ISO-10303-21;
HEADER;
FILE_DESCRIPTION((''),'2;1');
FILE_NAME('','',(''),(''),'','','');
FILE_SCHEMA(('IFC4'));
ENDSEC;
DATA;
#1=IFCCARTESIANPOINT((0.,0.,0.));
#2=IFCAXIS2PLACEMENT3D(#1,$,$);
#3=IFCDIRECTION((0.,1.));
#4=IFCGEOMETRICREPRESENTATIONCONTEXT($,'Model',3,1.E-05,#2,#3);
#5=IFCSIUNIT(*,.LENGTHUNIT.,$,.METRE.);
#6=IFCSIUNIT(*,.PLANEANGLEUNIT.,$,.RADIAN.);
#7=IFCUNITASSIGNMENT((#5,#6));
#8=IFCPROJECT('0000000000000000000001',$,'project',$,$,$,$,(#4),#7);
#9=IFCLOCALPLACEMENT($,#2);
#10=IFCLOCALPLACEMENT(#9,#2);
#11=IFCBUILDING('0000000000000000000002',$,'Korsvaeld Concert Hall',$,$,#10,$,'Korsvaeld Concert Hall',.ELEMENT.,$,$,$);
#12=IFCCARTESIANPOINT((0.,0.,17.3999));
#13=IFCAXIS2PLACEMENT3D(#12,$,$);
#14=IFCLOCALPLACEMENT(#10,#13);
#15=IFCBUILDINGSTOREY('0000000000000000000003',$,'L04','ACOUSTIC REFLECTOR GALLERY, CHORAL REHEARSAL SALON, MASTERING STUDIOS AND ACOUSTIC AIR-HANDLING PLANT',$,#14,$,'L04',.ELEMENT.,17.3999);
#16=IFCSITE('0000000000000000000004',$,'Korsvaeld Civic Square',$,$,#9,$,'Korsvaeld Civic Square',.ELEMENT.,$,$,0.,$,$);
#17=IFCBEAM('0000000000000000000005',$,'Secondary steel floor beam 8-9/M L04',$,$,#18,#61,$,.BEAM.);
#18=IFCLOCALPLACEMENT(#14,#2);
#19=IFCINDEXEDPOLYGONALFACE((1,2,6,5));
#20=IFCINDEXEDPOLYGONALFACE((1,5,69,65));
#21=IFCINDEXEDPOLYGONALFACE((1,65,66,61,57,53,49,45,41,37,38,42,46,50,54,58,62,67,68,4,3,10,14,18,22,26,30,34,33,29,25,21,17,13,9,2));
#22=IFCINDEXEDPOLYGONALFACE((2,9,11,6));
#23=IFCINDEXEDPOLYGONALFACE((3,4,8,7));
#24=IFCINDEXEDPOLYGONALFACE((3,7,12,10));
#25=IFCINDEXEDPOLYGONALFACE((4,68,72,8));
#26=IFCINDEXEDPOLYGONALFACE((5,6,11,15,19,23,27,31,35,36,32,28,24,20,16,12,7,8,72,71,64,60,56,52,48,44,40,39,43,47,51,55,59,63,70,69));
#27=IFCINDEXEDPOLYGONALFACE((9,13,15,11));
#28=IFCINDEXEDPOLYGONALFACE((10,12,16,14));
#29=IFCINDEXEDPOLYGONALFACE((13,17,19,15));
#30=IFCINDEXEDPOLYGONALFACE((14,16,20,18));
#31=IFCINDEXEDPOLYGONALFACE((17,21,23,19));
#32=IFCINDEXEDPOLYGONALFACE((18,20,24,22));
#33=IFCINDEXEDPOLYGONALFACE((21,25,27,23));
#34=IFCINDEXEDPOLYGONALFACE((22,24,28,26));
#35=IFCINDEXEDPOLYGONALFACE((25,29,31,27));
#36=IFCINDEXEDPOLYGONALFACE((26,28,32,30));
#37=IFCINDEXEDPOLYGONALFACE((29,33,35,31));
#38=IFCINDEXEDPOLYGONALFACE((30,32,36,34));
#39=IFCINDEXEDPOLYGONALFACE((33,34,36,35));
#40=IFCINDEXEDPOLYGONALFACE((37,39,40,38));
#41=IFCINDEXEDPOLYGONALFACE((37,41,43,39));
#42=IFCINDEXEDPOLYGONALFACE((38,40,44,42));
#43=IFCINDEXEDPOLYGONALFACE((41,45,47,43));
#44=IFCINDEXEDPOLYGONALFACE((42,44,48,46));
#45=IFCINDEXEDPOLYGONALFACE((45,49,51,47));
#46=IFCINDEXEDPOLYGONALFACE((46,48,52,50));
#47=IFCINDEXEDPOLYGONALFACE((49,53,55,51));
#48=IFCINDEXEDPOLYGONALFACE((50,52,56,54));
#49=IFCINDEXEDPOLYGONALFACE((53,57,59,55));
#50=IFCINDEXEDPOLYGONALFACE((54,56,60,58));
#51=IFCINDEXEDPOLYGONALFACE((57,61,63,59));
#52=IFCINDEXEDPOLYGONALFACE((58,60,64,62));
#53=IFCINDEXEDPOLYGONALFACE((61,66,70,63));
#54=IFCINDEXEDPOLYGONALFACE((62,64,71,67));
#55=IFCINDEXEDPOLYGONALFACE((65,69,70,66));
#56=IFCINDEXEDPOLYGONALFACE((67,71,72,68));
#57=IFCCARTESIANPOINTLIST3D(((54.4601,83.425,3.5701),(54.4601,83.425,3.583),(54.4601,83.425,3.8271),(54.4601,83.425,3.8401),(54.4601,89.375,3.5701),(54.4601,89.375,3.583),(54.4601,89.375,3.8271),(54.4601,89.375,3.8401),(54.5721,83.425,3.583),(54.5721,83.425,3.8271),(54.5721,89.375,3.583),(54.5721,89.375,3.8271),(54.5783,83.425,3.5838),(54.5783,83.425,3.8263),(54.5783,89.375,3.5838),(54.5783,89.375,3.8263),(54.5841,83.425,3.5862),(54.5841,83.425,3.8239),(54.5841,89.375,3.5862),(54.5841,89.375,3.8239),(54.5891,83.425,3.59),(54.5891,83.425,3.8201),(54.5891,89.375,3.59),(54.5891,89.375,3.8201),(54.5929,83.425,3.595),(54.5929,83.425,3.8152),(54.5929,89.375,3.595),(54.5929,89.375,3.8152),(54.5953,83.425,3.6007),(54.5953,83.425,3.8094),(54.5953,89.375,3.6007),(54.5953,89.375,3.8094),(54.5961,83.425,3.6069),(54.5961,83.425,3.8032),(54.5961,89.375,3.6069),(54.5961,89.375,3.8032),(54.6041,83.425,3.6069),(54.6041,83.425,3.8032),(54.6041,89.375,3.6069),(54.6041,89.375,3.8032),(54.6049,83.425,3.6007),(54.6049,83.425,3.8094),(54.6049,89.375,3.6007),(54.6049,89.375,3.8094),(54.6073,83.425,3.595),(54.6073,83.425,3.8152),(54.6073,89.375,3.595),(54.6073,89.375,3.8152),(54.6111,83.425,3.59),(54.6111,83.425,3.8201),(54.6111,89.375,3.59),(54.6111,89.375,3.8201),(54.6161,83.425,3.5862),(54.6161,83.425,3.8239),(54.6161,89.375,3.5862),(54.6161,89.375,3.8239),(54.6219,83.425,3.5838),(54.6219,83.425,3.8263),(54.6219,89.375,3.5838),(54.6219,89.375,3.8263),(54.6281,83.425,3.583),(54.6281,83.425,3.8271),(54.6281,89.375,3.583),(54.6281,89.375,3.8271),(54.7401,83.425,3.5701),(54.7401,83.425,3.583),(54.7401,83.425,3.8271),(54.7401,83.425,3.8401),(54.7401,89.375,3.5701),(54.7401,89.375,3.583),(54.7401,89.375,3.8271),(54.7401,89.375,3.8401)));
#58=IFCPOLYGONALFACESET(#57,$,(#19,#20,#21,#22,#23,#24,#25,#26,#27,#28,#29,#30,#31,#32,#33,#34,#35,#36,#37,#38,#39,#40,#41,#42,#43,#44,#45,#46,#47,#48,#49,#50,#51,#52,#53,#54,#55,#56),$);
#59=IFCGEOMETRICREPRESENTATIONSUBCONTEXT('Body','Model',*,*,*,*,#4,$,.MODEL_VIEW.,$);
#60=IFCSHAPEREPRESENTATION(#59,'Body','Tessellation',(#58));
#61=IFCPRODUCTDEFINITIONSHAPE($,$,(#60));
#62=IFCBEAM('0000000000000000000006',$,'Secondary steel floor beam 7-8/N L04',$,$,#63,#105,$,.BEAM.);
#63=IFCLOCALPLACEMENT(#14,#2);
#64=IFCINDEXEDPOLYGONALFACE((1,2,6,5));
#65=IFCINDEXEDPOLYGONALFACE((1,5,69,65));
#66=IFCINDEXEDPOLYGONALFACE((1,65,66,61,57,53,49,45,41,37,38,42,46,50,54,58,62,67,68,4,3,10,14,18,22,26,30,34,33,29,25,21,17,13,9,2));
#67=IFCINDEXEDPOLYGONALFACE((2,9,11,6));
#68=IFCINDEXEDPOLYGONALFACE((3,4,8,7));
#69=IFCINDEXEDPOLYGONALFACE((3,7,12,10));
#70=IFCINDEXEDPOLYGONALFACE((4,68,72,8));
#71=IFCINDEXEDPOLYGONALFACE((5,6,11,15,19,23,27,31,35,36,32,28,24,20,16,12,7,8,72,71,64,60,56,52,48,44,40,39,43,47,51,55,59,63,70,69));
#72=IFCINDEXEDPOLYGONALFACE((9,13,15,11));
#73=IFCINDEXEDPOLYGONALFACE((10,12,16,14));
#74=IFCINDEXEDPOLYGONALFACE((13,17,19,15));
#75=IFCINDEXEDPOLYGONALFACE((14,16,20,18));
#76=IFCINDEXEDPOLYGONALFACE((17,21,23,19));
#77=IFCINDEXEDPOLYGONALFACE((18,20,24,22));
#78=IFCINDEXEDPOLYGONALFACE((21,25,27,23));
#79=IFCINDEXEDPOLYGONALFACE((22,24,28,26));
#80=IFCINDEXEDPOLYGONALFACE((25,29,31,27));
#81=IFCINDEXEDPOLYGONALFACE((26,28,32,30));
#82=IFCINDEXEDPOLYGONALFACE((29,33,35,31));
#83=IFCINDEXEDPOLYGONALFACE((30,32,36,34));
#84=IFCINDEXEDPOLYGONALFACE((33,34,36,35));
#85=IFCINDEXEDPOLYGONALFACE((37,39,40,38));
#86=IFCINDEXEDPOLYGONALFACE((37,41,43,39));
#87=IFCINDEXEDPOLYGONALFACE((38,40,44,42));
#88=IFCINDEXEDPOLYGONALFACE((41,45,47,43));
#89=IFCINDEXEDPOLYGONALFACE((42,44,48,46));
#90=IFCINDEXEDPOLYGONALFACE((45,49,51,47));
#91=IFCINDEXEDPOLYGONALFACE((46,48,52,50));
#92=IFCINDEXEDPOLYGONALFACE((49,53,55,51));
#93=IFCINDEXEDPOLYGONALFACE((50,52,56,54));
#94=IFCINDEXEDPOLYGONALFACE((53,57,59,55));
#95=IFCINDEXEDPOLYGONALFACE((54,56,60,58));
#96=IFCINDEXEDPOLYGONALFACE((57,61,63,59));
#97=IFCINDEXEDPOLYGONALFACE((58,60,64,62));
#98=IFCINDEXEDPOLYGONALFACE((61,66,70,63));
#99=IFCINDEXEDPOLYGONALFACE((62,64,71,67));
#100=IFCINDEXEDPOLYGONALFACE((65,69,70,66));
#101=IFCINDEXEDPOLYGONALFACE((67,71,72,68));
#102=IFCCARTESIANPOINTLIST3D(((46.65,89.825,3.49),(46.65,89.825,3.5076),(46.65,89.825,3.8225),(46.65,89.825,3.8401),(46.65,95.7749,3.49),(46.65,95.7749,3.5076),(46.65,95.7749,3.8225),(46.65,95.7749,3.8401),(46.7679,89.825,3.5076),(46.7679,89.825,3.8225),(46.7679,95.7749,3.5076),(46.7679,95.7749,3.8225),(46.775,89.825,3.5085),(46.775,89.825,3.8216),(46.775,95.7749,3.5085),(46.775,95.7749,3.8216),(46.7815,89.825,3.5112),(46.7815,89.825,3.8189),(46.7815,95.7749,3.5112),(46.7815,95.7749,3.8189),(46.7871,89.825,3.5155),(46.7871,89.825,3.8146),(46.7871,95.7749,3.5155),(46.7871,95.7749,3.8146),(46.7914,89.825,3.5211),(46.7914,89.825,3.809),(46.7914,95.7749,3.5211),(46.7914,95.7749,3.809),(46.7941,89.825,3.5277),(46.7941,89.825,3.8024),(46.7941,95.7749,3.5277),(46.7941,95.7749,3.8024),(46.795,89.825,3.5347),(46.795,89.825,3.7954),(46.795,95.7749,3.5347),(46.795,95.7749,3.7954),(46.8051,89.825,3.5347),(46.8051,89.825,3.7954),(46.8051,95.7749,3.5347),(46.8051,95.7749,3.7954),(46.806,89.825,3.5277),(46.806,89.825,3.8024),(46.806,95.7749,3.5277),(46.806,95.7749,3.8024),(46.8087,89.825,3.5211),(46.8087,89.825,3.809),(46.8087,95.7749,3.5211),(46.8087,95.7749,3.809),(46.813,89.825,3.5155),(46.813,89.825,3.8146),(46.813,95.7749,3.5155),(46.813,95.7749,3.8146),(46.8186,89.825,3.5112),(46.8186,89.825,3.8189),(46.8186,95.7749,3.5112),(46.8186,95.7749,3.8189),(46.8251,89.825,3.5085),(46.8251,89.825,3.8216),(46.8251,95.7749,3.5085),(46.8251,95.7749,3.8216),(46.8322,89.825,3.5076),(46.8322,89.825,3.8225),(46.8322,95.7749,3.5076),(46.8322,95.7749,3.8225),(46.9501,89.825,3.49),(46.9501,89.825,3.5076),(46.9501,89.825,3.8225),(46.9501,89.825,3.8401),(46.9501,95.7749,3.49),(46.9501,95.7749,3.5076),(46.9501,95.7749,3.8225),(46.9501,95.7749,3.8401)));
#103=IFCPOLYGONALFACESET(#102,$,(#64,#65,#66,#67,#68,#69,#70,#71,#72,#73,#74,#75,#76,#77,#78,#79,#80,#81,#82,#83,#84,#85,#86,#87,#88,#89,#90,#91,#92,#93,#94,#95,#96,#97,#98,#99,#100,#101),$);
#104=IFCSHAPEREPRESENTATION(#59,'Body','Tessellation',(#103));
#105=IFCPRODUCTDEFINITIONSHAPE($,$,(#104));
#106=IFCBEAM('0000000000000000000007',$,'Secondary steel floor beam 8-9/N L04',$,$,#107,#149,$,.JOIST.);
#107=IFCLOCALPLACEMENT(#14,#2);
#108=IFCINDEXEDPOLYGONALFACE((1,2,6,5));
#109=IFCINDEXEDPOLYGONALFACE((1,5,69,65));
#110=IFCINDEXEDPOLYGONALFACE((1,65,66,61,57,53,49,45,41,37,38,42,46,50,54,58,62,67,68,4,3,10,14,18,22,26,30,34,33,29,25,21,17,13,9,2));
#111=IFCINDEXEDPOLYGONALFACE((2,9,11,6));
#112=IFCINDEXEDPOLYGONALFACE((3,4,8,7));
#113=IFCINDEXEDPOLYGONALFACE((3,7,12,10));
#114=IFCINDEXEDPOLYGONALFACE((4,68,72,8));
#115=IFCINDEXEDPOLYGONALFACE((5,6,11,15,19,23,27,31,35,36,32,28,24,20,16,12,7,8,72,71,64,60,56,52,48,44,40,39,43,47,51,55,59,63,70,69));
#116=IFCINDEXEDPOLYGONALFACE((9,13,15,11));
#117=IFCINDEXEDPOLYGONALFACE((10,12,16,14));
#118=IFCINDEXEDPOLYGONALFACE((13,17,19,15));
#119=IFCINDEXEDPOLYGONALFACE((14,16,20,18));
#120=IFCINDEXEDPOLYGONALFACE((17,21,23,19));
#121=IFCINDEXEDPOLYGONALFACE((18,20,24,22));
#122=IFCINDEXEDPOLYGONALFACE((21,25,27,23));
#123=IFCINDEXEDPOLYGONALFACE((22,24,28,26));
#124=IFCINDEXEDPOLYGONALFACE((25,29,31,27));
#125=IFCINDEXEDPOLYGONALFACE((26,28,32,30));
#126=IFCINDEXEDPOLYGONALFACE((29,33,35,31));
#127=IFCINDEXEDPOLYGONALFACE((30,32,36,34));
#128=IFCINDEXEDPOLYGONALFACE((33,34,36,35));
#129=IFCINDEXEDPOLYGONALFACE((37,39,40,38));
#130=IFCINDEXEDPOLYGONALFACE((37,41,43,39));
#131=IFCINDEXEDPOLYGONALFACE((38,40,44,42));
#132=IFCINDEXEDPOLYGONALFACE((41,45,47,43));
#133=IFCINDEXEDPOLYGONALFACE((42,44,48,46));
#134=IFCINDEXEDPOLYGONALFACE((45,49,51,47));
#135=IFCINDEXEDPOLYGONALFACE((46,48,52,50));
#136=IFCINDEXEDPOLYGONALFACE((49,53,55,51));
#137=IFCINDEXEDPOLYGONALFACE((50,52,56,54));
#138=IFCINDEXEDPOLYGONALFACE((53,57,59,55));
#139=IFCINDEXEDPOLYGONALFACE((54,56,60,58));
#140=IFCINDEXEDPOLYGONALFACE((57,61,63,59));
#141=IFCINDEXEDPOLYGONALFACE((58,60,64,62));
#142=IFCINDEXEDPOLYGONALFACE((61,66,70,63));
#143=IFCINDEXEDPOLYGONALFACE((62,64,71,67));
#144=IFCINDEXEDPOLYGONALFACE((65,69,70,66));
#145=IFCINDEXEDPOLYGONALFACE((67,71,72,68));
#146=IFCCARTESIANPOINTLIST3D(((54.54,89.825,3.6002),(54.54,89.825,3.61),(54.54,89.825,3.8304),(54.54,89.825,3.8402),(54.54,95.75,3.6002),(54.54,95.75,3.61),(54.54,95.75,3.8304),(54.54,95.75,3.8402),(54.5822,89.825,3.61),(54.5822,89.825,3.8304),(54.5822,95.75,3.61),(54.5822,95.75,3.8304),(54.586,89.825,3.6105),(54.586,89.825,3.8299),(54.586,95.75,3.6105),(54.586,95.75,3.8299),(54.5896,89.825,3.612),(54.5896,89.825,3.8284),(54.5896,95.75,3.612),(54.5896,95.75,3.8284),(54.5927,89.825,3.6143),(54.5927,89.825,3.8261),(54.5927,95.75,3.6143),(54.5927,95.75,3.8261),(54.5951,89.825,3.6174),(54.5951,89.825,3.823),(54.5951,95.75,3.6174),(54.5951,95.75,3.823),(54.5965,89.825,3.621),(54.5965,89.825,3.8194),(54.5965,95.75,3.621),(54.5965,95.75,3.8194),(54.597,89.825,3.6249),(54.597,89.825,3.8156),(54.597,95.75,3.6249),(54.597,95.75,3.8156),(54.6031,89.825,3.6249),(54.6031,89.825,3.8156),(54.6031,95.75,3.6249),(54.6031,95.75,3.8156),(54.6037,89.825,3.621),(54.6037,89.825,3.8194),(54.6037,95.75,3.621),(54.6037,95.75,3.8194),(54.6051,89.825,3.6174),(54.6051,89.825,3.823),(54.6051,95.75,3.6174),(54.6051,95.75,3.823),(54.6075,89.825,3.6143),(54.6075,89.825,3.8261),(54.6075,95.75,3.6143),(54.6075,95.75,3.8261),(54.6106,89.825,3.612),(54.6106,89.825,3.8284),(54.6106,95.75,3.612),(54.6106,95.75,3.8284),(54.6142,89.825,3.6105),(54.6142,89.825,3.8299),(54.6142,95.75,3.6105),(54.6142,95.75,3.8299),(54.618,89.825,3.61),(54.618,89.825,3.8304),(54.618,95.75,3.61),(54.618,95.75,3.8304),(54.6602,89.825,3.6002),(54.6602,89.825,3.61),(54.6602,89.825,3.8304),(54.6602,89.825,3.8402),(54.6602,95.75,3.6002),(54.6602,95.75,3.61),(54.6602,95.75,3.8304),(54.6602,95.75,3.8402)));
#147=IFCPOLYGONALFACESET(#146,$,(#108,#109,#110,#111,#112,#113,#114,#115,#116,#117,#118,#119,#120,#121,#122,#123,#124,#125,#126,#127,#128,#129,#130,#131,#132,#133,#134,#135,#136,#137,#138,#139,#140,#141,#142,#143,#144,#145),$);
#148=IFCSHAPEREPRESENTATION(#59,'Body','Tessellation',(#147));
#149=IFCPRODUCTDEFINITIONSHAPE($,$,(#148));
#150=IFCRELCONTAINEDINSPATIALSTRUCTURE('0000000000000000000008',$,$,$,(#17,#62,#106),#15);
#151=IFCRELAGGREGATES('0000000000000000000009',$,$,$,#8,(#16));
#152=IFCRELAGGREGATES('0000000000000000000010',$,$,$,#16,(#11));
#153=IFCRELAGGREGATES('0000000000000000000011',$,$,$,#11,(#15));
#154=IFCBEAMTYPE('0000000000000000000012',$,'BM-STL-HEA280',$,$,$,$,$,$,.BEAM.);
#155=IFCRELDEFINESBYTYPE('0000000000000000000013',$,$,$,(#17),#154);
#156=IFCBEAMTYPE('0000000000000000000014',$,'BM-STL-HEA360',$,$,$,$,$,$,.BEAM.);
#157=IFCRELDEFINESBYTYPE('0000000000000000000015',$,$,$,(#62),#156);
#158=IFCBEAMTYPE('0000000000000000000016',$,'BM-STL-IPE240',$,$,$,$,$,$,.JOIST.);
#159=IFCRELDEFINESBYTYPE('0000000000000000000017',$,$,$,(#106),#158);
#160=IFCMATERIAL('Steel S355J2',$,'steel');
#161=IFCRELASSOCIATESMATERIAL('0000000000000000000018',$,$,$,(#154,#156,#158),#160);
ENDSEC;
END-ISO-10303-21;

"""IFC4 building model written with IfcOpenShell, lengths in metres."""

from ifc_helpers import new_model, si_unit, direction, frame, origin, origin_2d, place, context, subcontext, project, spatial, i_section, extrude, material, material_profile, profile_set, type_object, element, save


model = new_model("IFC4")

# Units and contexts
model_context = context("Model", 3, precision=1e-05, world=origin(), true_north=direction((0.0, 1.0)))
body_context = subcontext(model_context, "Body", "Model", "MODEL_VIEW")
ifc_project = project(units=[si_unit("LENGTHUNIT", "METRE"), si_unit("PLANEANGLEUNIT", "RADIAN")], contexts=[model_context])

# Site, building, storey
site_placement = place(None, origin())
site = spatial("IfcSite", under=ifc_project, at=site_placement, Name="Korsvaeld Civic Square", LongName="Korsvaeld Civic Square", CompositionType="ELEMENT", RefElevation=0.0)
building_placement = place(site_placement, origin())
building = spatial("IfcBuilding", under=site, at=building_placement, Name="Korsvaeld Concert Hall", LongName="Korsvaeld Concert Hall", CompositionType="ELEMENT")
storey_placement = place(building_placement, frame((0.0, 0.0, 17.3999)))
storey = spatial("IfcBuildingStorey", under=building, at=storey_placement, Name="L04", Description="ACOUSTIC REFLECTOR GALLERY, CHORAL REHEARSAL SALON, MASTERING STUDIOS AND ACOUSTIC AIR-HANDLING PLANT", LongName="L04", CompositionType="ELEMENT", Elevation=17.3999)

# Beams
ifc_material_1 = material(Name="Steel S355J2", Category="steel")
ifc_material_profile_1 = material_profile(ifc_material_1, i_section(OverallWidth=0.28, OverallDepth=0.27, WebThickness=0.0081, FlangeThickness=0.0129, FilletRadius=0.0239, at=origin_2d()), Name="HEA 280")
ifc_profile_set_1 = profile_set([ifc_material_profile_1], Name="Steel S355J2")
beam_type_1 = type_object("IfcBeamType", Name="BM-STL-HEA280", PredefinedType="BEAM", material=ifc_profile_set_1)
beam_1_placement = place(storey_placement, frame((54.6001, 83.425, 3.7051), z_axis=(0.0, 1.0, 0.0), x_axis=(-1.0, 0.0, 0.0)))
element("IfcBeam", 1, at=beam_1_placement, inside=storey, type_object=beam_type_1, Name="Secondary steel floor beam 8-9/M L04", PredefinedType="BEAM", context=body_context, shape_type="SweptSolid", body=[
    extrude(i_section(OverallWidth=0.28, OverallDepth=0.27, WebThickness=0.0081, FlangeThickness=0.0129, FilletRadius=0.0239, at=origin_2d()), origin(), (0.0, 0.0, 1.0), 5.95),
])
ifc_material_profile_2 = material_profile(ifc_material_1, i_section(OverallWidth=0.3, OverallDepth=0.3501, WebThickness=0.01, FlangeThickness=0.0176, FilletRadius=0.0271, at=origin_2d()), Name="HEA 360")
ifc_profile_set_2 = profile_set([ifc_material_profile_2], Name="Steel S355J2")
beam_type_2 = type_object("IfcBeamType", Name="BM-STL-HEA360", PredefinedType="BEAM", material=ifc_profile_set_2)
beam_2_placement = place(storey_placement, frame((46.8, 89.825, 3.665), z_axis=(0.0, 1.0, 0.0), x_axis=(-1.0, 0.0, 0.0)))
element("IfcBeam", 2, at=beam_2_placement, inside=storey, type_object=beam_type_2, Name="Secondary steel floor beam 7-8/N L04", PredefinedType="BEAM", context=body_context, shape_type="SweptSolid", body=[
    extrude(i_section(OverallWidth=0.3, OverallDepth=0.3501, WebThickness=0.01, FlangeThickness=0.0176, FilletRadius=0.0271, at=origin_2d()), origin(), (0.0, 0.0, 1.0), 5.95),
])
ifc_material_profile_3 = material_profile(ifc_material_1, i_section(OverallWidth=0.1201, OverallDepth=0.24, WebThickness=0.0061, FlangeThickness=0.0098, FilletRadius=0.0149, at=origin_2d()), Name="IPE 240")
ifc_profile_set_3 = profile_set([ifc_material_profile_3], Name="Steel S355J2")
beam_type_3 = type_object("IfcBeamType", Name="BM-STL-IPE240", PredefinedType="JOIST", material=ifc_profile_set_3)
beam_3_placement = place(storey_placement, frame((54.6001, 89.825, 3.7202), z_axis=(0.0, 1.0, 0.0), x_axis=(-1.0, 0.0, 0.0)))
element("IfcBeam", 3, at=beam_3_placement, inside=storey, type_object=beam_type_3, Name="Secondary steel floor beam 8-9/N L04", PredefinedType="JOIST", context=body_context, shape_type="SweptSolid", body=[
    extrude(i_section(OverallWidth=0.1201, OverallDepth=0.24, WebThickness=0.0061, FlangeThickness=0.0098, FilletRadius=0.0149, at=origin_2d()), origin(), (0.0, 0.0, 1.0), 5.925),
])

save(model, "model.ifc")
